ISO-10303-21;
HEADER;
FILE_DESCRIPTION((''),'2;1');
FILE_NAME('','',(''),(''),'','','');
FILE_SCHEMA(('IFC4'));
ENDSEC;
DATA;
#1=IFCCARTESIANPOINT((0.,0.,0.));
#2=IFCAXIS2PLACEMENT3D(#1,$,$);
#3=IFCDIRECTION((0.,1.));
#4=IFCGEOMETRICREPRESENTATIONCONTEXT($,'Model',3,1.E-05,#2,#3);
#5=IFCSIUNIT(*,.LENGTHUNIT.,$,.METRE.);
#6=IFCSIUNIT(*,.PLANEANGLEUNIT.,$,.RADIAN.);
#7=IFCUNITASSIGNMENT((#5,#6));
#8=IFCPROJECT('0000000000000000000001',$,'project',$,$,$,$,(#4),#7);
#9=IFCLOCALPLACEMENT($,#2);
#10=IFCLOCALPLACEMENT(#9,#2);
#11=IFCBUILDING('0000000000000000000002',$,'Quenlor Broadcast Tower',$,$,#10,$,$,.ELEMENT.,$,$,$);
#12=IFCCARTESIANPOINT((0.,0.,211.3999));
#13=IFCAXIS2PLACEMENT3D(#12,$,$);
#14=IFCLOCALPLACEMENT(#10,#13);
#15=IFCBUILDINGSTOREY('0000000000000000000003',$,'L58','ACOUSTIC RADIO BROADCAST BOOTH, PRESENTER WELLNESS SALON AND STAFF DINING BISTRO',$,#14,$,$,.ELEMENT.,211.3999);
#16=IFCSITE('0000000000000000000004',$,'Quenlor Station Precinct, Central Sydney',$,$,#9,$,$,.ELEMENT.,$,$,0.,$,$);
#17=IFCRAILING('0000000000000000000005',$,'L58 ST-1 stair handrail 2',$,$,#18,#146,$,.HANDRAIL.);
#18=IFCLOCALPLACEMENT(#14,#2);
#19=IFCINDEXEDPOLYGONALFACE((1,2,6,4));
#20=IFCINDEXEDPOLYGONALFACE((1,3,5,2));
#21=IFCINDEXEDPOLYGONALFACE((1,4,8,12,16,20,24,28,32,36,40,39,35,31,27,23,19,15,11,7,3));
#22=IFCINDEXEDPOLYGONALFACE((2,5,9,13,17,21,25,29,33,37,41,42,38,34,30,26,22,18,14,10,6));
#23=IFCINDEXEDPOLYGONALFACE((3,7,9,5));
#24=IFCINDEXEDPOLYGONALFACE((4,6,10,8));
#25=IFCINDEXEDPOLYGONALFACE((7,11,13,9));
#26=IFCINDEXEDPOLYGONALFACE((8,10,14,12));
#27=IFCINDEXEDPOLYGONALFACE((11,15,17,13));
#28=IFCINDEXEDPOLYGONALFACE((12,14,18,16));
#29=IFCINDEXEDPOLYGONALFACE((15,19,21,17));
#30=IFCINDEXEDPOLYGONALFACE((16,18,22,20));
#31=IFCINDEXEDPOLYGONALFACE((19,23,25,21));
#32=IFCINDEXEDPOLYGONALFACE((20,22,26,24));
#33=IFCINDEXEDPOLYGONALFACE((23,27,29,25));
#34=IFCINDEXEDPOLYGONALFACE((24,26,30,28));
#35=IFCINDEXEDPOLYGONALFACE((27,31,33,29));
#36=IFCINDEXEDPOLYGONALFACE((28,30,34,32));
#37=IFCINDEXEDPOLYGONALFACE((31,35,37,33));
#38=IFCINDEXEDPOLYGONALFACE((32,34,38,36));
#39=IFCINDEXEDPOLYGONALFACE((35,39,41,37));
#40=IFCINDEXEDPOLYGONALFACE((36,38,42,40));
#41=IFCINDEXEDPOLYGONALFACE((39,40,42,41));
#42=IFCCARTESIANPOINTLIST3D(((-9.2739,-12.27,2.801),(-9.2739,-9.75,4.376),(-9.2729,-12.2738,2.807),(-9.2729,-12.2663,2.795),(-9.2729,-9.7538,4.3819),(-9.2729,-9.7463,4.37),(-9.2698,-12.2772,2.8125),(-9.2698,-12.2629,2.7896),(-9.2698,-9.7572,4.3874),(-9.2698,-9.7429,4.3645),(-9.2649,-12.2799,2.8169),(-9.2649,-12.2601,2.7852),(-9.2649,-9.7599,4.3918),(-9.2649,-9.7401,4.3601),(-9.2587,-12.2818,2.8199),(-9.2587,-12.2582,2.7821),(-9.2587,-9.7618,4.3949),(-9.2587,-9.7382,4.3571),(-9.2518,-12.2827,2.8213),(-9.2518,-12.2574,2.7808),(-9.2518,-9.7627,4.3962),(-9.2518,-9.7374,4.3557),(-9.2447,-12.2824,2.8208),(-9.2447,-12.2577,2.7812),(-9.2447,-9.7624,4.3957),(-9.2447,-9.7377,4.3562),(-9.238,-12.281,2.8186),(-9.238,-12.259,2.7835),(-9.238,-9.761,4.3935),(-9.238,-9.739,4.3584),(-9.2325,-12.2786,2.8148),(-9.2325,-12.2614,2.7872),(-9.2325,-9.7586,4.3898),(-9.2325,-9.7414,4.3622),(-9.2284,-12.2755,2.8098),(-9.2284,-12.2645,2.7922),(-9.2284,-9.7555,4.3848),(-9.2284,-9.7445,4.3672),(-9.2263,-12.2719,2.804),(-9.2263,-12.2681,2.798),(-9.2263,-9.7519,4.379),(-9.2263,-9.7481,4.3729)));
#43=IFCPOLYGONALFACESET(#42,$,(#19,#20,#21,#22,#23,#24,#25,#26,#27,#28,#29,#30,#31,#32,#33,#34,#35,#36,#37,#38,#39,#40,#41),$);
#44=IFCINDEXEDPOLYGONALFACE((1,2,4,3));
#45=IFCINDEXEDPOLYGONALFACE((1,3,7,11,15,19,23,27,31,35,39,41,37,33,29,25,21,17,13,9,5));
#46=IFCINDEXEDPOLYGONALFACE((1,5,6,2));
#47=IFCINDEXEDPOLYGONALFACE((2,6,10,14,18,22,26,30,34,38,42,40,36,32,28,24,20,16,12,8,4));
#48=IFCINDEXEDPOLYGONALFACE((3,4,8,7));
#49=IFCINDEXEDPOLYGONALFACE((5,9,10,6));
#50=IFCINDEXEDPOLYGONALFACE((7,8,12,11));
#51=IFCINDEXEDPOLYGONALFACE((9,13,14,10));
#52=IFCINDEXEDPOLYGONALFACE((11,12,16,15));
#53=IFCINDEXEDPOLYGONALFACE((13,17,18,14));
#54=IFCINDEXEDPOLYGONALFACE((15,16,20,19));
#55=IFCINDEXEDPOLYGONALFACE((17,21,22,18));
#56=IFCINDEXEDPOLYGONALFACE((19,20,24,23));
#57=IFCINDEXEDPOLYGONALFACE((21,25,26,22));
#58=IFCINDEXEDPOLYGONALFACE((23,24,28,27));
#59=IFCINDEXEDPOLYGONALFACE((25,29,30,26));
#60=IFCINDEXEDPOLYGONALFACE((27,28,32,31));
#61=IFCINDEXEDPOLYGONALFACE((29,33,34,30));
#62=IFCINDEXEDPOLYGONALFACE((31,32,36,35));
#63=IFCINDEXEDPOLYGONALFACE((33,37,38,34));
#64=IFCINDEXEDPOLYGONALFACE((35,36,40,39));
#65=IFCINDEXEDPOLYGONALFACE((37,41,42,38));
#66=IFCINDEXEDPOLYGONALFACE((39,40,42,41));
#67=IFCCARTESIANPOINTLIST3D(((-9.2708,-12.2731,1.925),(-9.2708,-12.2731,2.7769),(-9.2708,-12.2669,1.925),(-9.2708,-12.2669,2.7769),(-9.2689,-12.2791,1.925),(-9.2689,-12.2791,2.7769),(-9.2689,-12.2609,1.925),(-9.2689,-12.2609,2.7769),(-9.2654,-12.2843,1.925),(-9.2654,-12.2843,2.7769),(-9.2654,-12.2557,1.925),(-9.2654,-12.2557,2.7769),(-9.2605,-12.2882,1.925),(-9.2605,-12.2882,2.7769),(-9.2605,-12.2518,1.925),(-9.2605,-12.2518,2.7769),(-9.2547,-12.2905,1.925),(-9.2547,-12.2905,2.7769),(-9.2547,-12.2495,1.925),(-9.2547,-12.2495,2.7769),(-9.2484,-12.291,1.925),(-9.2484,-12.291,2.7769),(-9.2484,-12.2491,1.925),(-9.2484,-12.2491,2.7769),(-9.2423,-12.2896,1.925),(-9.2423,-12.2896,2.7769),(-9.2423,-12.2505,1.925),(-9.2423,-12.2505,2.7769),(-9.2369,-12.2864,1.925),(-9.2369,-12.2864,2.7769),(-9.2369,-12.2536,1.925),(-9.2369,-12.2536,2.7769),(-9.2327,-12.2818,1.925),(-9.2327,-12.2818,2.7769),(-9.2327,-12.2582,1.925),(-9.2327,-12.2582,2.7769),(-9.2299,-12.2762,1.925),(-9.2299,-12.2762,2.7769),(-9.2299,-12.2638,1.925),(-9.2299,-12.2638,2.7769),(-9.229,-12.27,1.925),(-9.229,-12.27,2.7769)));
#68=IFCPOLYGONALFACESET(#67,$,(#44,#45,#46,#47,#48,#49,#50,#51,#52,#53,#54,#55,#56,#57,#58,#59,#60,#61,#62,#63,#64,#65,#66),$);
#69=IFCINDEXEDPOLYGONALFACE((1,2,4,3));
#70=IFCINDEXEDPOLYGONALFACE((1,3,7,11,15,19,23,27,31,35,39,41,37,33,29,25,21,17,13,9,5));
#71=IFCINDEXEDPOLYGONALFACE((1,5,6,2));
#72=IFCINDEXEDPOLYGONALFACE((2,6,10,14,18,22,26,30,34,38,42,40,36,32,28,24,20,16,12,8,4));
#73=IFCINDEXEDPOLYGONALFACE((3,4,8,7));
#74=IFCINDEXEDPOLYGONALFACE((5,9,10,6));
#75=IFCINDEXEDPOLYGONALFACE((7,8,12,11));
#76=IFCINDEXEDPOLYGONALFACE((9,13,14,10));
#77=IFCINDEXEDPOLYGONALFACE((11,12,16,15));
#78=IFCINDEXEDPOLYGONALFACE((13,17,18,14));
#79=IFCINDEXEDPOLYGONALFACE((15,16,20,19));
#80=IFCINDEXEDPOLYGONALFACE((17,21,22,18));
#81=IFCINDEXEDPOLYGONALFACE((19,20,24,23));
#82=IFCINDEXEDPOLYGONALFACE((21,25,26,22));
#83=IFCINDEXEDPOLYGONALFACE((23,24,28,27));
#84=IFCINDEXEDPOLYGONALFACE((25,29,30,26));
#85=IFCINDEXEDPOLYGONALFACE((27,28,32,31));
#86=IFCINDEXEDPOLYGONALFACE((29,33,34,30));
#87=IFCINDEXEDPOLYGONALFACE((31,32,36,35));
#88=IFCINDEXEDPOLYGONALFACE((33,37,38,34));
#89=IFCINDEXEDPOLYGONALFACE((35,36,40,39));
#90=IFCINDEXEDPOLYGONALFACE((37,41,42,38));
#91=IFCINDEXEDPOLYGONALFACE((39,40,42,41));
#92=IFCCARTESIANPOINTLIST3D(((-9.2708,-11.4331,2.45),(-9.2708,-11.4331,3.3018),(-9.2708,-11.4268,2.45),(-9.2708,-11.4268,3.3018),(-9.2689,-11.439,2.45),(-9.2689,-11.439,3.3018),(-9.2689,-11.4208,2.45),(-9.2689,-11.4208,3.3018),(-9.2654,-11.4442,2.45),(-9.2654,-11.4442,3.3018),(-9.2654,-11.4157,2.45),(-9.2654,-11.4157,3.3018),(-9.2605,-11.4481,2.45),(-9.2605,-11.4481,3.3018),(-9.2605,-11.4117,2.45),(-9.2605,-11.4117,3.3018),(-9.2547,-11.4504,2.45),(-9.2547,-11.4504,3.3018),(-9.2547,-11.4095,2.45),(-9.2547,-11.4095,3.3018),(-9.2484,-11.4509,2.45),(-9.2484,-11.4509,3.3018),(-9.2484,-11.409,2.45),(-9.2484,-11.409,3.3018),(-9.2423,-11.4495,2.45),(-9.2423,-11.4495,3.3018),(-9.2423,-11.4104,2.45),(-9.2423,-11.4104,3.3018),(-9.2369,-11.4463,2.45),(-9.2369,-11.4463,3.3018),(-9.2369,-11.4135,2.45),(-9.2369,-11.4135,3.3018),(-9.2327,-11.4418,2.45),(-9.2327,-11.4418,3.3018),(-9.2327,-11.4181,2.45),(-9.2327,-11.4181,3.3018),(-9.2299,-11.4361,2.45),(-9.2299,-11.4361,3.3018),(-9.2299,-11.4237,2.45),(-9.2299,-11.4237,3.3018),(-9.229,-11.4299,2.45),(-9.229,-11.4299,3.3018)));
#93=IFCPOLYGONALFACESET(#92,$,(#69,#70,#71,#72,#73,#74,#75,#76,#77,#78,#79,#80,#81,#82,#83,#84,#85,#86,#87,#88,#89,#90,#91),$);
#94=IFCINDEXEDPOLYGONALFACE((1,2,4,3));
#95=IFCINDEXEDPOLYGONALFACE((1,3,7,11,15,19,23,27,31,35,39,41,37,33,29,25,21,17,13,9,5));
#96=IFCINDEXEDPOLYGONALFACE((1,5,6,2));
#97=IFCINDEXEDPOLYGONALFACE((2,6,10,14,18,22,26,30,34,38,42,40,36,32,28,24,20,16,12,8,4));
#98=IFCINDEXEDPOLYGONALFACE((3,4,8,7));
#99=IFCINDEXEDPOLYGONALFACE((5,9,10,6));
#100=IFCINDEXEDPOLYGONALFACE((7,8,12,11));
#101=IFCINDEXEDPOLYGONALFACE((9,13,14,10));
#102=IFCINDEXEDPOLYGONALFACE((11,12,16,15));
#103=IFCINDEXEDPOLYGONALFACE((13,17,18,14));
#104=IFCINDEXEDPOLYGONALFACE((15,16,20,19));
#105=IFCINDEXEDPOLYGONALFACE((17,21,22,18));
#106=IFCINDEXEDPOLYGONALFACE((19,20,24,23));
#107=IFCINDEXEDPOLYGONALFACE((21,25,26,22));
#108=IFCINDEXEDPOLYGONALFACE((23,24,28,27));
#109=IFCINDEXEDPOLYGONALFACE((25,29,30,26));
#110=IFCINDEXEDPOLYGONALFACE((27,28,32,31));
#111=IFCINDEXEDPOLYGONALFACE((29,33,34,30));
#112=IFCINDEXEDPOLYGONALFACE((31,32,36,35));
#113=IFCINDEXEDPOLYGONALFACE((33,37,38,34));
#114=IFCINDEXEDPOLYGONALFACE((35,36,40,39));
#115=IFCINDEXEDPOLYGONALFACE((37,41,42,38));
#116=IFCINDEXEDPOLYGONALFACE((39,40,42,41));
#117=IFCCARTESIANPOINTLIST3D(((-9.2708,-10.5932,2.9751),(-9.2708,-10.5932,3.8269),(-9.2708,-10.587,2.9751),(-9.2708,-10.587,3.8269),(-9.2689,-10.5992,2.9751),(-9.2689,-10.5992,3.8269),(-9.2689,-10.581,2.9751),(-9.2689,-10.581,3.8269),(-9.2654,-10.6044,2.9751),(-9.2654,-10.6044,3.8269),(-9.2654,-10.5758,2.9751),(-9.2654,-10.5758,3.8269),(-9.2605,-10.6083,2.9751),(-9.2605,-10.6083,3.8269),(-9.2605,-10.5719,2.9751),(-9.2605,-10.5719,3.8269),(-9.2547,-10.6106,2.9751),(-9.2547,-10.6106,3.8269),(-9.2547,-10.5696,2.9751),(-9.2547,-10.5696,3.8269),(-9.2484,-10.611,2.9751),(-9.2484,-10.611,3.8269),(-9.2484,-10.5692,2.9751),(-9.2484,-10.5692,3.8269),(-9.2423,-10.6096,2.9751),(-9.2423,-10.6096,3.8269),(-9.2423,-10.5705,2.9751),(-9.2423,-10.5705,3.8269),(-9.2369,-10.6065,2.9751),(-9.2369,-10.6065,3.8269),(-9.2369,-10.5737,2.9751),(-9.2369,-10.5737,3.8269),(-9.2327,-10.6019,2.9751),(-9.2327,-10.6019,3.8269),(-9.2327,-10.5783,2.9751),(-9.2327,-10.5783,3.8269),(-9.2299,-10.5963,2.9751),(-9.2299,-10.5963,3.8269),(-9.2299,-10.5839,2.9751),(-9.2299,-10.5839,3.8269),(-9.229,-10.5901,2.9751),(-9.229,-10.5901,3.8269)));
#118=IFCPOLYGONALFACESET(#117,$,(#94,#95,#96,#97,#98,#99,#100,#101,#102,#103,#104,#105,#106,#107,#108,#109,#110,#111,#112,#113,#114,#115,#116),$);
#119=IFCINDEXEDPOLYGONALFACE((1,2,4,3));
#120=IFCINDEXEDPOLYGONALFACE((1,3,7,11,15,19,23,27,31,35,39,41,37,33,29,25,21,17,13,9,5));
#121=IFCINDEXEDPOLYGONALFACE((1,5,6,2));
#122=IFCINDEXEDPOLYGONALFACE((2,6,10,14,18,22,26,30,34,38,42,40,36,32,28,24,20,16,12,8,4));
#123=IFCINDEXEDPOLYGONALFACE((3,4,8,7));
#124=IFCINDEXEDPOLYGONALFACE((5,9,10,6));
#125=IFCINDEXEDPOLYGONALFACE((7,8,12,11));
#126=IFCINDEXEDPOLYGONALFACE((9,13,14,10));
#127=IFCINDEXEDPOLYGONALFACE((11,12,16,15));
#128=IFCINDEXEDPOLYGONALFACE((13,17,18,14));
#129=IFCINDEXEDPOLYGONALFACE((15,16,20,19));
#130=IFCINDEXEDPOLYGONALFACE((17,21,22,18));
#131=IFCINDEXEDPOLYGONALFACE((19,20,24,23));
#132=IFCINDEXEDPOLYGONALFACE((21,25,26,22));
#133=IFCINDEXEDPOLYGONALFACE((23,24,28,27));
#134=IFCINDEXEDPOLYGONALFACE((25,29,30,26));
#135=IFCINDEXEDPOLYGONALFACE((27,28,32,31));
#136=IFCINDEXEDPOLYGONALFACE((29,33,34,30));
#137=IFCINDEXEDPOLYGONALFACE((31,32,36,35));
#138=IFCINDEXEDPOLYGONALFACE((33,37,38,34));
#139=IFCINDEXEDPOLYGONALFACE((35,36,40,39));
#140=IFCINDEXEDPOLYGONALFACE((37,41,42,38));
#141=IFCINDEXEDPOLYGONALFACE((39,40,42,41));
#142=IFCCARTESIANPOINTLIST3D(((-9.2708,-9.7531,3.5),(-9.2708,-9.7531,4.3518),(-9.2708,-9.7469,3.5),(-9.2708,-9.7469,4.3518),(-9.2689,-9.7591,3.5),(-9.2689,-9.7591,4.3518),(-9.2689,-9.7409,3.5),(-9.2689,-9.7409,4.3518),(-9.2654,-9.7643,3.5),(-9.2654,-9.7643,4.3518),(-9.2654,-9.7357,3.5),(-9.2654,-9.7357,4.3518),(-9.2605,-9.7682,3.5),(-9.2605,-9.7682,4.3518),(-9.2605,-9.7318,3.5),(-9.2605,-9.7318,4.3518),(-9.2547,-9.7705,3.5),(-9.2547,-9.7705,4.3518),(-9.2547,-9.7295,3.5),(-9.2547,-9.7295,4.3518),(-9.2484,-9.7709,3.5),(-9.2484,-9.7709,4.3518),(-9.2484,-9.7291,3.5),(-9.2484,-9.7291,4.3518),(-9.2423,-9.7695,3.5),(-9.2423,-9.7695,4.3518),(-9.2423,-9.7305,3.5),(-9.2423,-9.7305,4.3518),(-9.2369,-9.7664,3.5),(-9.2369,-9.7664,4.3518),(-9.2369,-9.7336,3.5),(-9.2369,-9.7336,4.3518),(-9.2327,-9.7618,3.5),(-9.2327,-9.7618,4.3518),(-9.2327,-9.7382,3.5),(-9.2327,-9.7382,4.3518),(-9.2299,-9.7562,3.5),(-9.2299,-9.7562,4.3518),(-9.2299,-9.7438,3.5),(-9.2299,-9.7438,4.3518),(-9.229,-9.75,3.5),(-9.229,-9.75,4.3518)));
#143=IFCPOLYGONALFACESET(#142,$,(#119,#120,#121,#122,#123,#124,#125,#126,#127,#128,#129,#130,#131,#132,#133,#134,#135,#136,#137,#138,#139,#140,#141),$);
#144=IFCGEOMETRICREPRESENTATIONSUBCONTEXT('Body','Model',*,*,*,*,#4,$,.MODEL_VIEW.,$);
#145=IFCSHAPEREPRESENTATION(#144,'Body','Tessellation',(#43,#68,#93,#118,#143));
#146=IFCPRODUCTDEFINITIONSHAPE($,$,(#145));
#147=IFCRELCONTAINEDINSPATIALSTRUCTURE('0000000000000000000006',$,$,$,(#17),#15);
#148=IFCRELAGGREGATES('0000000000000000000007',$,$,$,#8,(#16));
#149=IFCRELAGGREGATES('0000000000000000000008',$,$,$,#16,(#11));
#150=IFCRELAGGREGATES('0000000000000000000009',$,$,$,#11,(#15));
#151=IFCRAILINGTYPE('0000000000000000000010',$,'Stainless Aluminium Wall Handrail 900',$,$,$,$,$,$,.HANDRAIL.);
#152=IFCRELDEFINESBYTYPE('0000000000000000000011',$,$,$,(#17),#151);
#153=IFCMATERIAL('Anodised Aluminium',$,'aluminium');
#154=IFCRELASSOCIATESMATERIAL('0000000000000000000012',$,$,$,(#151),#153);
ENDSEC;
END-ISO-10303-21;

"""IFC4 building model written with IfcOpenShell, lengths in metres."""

from ifc_helpers import new_model, si_unit, direction, frame, origin, origin_2d, place, context, subcontext, project, spatial, circle, extrude, material, type_object, element, save


model = new_model("IFC4")

# Units and contexts
model_context = context("Model", 3, precision=1e-05, world=origin(), true_north=direction((0.0, 1.0)))
body_context = subcontext(model_context, "Body", "Model", "MODEL_VIEW")
ifc_project = project(units=[si_unit("LENGTHUNIT", "METRE"), si_unit("PLANEANGLEUNIT", "RADIAN")], contexts=[model_context])

# Site, building, storey
site_placement = place(None, origin())
site = spatial("IfcSite", under=ifc_project, at=site_placement, Name="Quenlor Station Precinct, Central Sydney", CompositionType="ELEMENT", RefElevation=0.0)
building_placement = place(site_placement, origin())
building = spatial("IfcBuilding", under=site, at=building_placement, Name="Quenlor Broadcast Tower", CompositionType="ELEMENT")
storey_placement = place(building_placement, frame((0.0, 0.0, 211.3999)))
storey = spatial("IfcBuildingStorey", under=building, at=storey_placement, Name="L58", Description="ACOUSTIC RADIO BROADCAST BOOTH, PRESENTER WELLNESS SALON AND STAFF DINING BISTRO", CompositionType="ELEMENT", Elevation=211.3999)

# Railing
ifc_material_1 = material(Name="Anodised Aluminium", Category="aluminium")
railing_type_1 = type_object("IfcRailingType", Name="Stainless Aluminium Wall Handrail 900", PredefinedType="HANDRAIL", material=ifc_material_1)
railing_1_placement = place(storey_placement, frame((-9.25, -12.27, 1.925)))
element("IfcRailing", 1, at=railing_1_placement, inside=storey, type_object=railing_type_1, Name="L58 ST-1 stair handrail 2", PredefinedType="HANDRAIL", context=body_context, shape_type="SweptSolid", body=[
    extrude(circle(Radius=0.0239, at=origin_2d()), frame((0.0, 0.0, 0.876), z_axis=(0.0, 0.848008, 0.529984), x_axis=(-1.0, 0.0, 0.0)), (0.0, 0.0, 1.0), 2.9717),
    extrude(circle(Radius=0.021, at=origin_2d()), origin(), (0.0, 0.0, 1.0), 0.8518),
    extrude(circle(Radius=0.021, at=origin_2d()), frame((0.0, 0.8401, 0.5249)), (0.0, 0.0, 1.0), 0.8518),
    extrude(circle(Radius=0.021, at=origin_2d()), frame((0.0, 1.6799, 1.05)), (0.0, 0.0, 1.0), 0.8518),
    extrude(circle(Radius=0.021, at=origin_2d()), frame((0.0, 2.52, 1.575)), (0.0, 0.0, 1.0), 0.8518),
])

save(model, "model.ifc")
